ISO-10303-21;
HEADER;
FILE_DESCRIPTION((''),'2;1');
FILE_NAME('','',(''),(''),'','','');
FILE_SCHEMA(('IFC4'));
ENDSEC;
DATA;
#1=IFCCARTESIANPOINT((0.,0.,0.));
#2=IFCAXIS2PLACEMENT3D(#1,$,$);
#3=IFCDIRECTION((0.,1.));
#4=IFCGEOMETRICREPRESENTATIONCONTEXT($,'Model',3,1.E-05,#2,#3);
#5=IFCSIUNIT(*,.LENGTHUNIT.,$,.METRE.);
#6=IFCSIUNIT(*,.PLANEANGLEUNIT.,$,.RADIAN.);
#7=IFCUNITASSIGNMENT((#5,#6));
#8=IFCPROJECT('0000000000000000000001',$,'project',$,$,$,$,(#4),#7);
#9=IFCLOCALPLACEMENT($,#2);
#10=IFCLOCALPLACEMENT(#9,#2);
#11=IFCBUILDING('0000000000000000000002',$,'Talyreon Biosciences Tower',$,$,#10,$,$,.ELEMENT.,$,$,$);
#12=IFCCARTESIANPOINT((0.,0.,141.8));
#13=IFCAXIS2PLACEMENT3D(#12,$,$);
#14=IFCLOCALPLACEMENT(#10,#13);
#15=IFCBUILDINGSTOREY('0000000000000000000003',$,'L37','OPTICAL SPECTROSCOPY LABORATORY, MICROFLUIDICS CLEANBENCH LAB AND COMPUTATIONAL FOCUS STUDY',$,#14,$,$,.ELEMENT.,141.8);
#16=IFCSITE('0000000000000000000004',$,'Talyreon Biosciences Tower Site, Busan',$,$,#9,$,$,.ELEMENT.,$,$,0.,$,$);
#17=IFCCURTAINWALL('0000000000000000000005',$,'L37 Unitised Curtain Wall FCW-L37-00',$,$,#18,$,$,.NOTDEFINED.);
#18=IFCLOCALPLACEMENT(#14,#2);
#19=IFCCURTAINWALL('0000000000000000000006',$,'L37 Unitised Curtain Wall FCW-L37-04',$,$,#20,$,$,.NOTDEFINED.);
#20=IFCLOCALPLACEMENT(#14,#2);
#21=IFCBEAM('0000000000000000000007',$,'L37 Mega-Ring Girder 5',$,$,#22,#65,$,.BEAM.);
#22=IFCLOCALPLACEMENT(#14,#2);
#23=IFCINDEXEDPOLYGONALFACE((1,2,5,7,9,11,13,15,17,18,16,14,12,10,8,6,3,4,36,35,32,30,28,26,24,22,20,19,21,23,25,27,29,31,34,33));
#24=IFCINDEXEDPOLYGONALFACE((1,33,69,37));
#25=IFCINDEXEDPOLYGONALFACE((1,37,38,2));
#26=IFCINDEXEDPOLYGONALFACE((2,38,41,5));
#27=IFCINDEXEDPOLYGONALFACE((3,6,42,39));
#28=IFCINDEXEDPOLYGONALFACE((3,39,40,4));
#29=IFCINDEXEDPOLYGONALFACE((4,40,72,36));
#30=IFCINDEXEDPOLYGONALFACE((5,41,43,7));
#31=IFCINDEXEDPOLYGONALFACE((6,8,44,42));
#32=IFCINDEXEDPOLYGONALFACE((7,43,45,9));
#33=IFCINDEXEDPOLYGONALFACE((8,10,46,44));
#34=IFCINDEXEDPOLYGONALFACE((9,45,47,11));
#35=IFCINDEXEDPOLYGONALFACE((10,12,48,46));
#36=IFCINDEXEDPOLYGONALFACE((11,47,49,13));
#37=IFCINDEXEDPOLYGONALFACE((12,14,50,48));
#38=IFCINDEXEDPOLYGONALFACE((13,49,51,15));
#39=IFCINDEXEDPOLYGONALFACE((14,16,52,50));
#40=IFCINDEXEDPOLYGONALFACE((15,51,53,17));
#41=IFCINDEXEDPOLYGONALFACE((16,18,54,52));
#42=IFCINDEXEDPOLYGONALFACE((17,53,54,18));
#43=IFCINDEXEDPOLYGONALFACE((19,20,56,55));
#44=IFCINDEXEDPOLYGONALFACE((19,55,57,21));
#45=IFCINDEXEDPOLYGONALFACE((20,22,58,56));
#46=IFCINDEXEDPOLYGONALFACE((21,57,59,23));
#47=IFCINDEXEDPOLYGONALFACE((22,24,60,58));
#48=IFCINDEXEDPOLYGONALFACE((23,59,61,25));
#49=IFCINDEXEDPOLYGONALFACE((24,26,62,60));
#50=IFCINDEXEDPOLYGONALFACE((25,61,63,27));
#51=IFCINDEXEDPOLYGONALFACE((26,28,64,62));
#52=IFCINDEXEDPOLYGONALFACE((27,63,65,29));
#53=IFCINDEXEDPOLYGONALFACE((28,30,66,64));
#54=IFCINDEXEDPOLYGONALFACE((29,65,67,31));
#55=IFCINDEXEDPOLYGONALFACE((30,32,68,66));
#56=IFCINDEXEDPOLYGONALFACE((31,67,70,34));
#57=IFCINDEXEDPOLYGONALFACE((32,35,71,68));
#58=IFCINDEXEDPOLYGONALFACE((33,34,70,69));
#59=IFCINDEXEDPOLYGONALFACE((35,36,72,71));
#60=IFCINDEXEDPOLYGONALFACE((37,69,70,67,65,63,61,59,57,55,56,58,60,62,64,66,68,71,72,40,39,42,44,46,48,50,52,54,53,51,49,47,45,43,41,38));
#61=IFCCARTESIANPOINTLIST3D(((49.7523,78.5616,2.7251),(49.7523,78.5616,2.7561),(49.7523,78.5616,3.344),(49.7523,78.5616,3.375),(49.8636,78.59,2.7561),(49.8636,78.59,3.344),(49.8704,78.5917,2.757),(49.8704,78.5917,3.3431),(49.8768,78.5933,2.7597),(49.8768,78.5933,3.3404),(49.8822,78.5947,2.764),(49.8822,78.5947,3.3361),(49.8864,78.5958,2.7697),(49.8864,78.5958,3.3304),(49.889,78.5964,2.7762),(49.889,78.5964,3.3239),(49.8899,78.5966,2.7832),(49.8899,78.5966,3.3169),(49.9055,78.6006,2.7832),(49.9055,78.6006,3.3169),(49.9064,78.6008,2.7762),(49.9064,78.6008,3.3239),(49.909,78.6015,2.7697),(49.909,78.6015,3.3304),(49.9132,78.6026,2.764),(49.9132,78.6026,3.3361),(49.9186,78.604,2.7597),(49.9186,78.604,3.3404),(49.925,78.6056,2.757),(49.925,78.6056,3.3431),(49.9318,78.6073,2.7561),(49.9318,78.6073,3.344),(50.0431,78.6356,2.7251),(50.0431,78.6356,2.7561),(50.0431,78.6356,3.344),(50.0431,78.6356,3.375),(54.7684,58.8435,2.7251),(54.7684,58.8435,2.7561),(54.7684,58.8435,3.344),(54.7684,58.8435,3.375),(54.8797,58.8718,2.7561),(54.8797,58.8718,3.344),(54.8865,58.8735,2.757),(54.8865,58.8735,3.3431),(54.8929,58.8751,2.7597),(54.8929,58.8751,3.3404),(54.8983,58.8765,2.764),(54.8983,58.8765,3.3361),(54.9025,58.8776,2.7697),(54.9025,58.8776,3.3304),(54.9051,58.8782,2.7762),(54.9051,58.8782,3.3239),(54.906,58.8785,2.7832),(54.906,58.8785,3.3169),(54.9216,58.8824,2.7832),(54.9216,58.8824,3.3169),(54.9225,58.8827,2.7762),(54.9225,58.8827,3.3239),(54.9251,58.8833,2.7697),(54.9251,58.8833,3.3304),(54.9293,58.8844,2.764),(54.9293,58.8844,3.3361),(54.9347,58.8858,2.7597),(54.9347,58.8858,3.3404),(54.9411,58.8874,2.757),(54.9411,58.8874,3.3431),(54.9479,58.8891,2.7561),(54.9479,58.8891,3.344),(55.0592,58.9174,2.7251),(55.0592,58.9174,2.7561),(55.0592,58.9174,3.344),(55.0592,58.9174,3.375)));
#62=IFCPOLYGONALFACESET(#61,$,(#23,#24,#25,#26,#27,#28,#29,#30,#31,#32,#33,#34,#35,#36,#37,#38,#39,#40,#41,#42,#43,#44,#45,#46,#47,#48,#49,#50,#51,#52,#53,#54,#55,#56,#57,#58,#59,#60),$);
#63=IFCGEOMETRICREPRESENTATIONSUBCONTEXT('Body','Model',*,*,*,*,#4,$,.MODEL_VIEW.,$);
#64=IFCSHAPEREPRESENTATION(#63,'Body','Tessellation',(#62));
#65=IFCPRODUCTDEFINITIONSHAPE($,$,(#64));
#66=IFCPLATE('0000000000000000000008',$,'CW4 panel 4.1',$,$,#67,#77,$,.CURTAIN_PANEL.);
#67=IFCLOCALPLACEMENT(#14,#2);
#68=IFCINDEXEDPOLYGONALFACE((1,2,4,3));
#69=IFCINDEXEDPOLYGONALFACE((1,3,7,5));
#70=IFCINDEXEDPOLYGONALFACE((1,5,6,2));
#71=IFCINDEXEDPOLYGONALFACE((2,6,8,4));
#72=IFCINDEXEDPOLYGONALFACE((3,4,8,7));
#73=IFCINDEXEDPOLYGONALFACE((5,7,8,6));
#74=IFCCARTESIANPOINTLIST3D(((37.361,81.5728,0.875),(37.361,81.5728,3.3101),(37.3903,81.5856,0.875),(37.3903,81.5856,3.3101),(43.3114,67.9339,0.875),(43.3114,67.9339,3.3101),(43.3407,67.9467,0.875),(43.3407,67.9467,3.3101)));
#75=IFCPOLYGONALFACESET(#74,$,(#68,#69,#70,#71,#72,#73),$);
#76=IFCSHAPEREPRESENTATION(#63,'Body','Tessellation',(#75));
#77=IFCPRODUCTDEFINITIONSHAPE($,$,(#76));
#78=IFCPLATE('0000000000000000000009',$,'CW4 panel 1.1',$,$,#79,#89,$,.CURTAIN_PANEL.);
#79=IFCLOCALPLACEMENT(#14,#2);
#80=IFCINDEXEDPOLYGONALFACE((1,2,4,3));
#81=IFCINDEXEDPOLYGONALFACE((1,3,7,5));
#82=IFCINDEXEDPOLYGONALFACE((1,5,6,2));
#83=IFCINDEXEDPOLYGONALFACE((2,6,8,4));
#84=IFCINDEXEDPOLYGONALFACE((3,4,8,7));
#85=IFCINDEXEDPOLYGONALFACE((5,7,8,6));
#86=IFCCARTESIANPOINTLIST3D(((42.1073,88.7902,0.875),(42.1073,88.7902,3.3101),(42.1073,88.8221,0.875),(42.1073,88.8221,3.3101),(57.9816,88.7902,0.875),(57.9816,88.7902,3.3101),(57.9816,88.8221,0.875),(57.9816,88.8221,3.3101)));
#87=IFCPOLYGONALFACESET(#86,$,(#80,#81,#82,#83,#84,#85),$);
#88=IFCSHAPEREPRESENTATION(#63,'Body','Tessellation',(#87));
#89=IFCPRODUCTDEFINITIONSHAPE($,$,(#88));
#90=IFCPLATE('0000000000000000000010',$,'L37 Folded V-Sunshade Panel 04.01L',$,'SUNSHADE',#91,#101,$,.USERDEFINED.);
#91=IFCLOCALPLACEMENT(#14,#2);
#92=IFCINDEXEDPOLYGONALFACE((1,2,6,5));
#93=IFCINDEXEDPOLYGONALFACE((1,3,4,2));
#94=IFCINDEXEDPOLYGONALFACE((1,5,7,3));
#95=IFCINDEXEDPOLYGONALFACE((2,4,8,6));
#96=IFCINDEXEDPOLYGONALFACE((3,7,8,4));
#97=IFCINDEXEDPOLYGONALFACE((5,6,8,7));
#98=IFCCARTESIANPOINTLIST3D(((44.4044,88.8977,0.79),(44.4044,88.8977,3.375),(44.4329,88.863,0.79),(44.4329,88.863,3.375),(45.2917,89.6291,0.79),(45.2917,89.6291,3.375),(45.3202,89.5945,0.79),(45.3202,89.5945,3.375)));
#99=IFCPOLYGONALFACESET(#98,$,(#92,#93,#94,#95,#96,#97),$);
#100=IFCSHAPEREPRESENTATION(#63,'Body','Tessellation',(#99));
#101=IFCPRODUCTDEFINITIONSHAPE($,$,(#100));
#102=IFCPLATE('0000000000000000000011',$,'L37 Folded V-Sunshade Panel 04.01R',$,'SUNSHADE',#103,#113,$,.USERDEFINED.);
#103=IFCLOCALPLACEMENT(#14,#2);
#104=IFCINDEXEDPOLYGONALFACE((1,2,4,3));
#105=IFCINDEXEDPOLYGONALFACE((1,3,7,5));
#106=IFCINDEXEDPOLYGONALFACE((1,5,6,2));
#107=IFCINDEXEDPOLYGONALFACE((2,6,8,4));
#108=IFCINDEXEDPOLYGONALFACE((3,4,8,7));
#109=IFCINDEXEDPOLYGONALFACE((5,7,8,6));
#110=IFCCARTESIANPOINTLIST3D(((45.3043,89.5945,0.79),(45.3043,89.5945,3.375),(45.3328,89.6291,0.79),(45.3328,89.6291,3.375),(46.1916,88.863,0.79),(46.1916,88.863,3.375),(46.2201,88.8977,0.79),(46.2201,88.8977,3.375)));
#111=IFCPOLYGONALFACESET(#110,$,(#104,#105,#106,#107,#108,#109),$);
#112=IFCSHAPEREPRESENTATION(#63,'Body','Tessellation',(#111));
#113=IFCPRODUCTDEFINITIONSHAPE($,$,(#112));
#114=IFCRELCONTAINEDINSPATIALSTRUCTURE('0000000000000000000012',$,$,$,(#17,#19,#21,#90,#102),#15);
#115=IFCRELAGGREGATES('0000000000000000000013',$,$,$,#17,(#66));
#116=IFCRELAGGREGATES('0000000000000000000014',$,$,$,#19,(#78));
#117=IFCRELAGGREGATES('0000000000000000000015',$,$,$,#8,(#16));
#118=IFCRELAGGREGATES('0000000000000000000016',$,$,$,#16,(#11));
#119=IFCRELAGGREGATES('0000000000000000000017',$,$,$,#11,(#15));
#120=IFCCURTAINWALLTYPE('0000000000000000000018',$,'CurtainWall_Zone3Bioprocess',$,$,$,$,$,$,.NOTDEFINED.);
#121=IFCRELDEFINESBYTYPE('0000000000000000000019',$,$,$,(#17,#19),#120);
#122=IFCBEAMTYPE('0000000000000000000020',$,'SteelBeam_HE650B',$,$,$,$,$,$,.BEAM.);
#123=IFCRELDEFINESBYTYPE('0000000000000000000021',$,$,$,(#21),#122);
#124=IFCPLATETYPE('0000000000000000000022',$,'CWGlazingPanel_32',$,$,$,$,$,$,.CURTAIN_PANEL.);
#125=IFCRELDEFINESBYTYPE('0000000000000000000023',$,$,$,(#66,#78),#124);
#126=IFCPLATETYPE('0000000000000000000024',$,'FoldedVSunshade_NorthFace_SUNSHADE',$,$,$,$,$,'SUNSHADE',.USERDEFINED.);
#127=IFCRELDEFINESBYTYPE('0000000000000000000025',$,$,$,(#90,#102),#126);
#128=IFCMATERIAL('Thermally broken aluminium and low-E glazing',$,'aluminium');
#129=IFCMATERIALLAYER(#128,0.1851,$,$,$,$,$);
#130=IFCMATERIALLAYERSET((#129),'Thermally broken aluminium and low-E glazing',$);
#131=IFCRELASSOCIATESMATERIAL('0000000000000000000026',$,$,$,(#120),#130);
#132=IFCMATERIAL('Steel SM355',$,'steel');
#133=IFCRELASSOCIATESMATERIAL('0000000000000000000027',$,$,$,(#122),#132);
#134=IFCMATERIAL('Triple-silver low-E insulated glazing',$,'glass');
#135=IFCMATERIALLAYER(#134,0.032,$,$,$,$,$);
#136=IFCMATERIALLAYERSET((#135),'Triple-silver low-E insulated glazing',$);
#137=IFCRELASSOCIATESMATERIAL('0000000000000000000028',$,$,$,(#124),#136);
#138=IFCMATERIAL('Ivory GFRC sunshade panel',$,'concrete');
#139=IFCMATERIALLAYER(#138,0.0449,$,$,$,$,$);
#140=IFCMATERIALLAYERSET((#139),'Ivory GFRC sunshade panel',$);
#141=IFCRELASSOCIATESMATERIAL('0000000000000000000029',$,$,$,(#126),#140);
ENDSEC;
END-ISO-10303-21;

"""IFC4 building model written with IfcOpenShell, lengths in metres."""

from ifc_helpers import new_model, si_unit, direction, frame, origin, origin_2d, place, context, subcontext, project, spatial, rectangle, i_section, extrude, material, layer, layer_set, material_profile, profile_set, type_object, element, aggregate, save


model = new_model("IFC4")

# Units and contexts
model_context = context("Model", 3, precision=1e-05, world=origin(), true_north=direction((0.0, 1.0)))
body_context = subcontext(model_context, "Body", "Model", "MODEL_VIEW")
ifc_project = project(units=[si_unit("LENGTHUNIT", "METRE"), si_unit("PLANEANGLEUNIT", "RADIAN")], contexts=[model_context])

# Site, building, storey
site_placement = place(None, origin())
site = spatial("IfcSite", under=ifc_project, at=site_placement, Name="Talyreon Biosciences Tower Site, Busan", CompositionType="ELEMENT", RefElevation=0.0)
building_placement = place(site_placement, origin())
building = spatial("IfcBuilding", under=site, at=building_placement, Name="Talyreon Biosciences Tower", CompositionType="ELEMENT")
storey_placement = place(building_placement, frame((0.0, 0.0, 141.8)))
storey = spatial("IfcBuildingStorey", under=building, at=storey_placement, Name="L37", Description="OPTICAL SPECTROSCOPY LABORATORY, MICROFLUIDICS CLEANBENCH LAB AND COMPUTATIONAL FOCUS STUDY", CompositionType="ELEMENT", Elevation=141.8)

# Curtain wall
ifc_material_1 = material(Name="Thermally broken aluminium and low-E glazing", Category="aluminium")
ifc_layer_1 = layer(ifc_material_1, 0.1851)
ifc_layer_set_1 = layer_set([ifc_layer_1], Name="Thermally broken aluminium and low-E glazing")
curtain_wall_type = type_object("IfcCurtainWallType", Name="CurtainWall_Zone3Bioprocess", PredefinedType="NOTDEFINED", material=ifc_layer_set_1)
curtain_wall_1_placement = place(storey_placement, origin())
curtain_wall_1 = element("IfcCurtainWall", 1, at=curtain_wall_1_placement, inside=storey, type_object=curtain_wall_type, Name="L37 Unitised Curtain Wall FCW-L37-00", PredefinedType="NOTDEFINED")

# Curtain wall
curtain_wall_2_placement = place(storey_placement, origin())
curtain_wall_2 = element("IfcCurtainWall", 2, at=curtain_wall_2_placement, inside=storey, type_object=curtain_wall_type, Name="L37 Unitised Curtain Wall FCW-L37-04", PredefinedType="NOTDEFINED")

# Beam
ifc_material_2 = material(Name="Steel SM355", Category="steel")
ifc_material_profile_1 = material_profile(ifc_material_2, i_section(OverallWidth=0.3, OverallDepth=0.6499, WebThickness=0.0161, FlangeThickness=0.031, FilletRadius=0.0271, at=origin_2d()), Name="HE650B")
ifc_profile_set_1 = profile_set([ifc_material_profile_1], Name="Steel SM355")
beam_type_1 = type_object("IfcBeamType", Name="SteelBeam_HE650B", PredefinedType="BEAM", material=ifc_profile_set_1)
beam_1_placement = place(storey_placement, frame((49.8977, 78.5986, 3.05), z_axis=(0.246537, -0.969133, 0.0), x_axis=(0.969133, 0.246537, 0.0)))
element("IfcBeam", 3, at=beam_1_placement, inside=storey, type_object=beam_type_1, Name="L37 Mega-Ring Girder 5", PredefinedType="BEAM", context=body_context, shape_type="SweptSolid", body=[
    extrude(i_section(OverallWidth=0.3, OverallDepth=0.6499, WebThickness=0.0161, FlangeThickness=0.031, FilletRadius=0.0271, at=origin_2d()), origin(), (0.0, 0.0, 1.0), 20.3462),
])

# Plates
ifc_material_3 = material(Name="Triple-silver low-E insulated glazing", Category="glass")
ifc_layer_2 = layer(ifc_material_3, 0.032)
ifc_layer_set_2 = layer_set([ifc_layer_2], Name="Triple-silver low-E insulated glazing")
plate_type_1 = type_object("IfcPlateType", Name="CWGlazingPanel_32", PredefinedType="CURTAIN_PANEL", material=ifc_layer_set_2)
plate_1_placement = place(storey_placement, frame((40.3508, 74.7598, 0.875), z_axis=(0.0, 0.0, 1.0), x_axis=(-0.399882, 0.916566, 0.0)))
plate_1 = element("IfcPlate", 4, at=plate_1_placement, type_object=plate_type_1, Name="CW4 panel 4.1", PredefinedType="CURTAIN_PANEL", context=body_context, shape_type="SweptSolid", body=[
    extrude(rectangle(XDim=14.8804, YDim=0.032, at=origin_2d()), origin(), (0.0, 0.0, 1.0), 2.4351),
])
aggregate(curtain_wall_1, [plate_1])
plate_2_placement = place(storey_placement, frame((50.0444, 88.8062, 0.875), z_axis=(0.0, 0.0, 1.0), x_axis=(1.0, 0.0, 0.0)))
plate_2 = element("IfcPlate", 5, at=plate_2_placement, type_object=plate_type_1, Name="CW4 panel 1.1", PredefinedType="CURTAIN_PANEL", context=body_context, shape_type="SweptSolid", body=[
    extrude(rectangle(XDim=15.8743, YDim=0.032, at=origin_2d()), origin(), (0.0, 0.0, 1.0), 2.4351),
])
aggregate(curtain_wall_2, [plate_2])

# Plates
ifc_material_4 = material(Name="Ivory GFRC sunshade panel", Category="concrete")
ifc_layer_3 = layer(ifc_material_4, 0.0449)
ifc_layer_set_3 = layer_set([ifc_layer_3], Name="Ivory GFRC sunshade panel")
plate_type_2 = type_object("IfcPlateType", Name="FoldedVSunshade_NorthFace_SUNSHADE", ElementType="SUNSHADE", PredefinedType="USERDEFINED", material=ifc_layer_set_3)
for number, where, z_axis, x_axis, name in (
    (6, (44.8623, 89.2461, 0.79), (0.0, 0.0, 1.0), (0.771625, 0.636078, 0.0), "L37 Folded V-Sunshade Panel 04.01L"),
    (7, (45.7622, 89.2461, 0.79), (0.0, 0.0, 1.0), (0.771625, -0.636078, 0.0), "L37 Folded V-Sunshade Panel 04.01R"),
):
    element("IfcPlate", number, at=place(storey_placement, frame(where, z_axis=z_axis, x_axis=x_axis)), inside=storey, type_object=plate_type_2, Name=name, ObjectType="SUNSHADE", PredefinedType="USERDEFINED", context=body_context, shape_type="SweptSolid", body=[
        extrude(rectangle(XDim=1.1499, YDim=0.0449, at=origin_2d()), origin(), (0.0, 0.0, 1.0), 2.585),
    ])

save(model, "model.ifc")
